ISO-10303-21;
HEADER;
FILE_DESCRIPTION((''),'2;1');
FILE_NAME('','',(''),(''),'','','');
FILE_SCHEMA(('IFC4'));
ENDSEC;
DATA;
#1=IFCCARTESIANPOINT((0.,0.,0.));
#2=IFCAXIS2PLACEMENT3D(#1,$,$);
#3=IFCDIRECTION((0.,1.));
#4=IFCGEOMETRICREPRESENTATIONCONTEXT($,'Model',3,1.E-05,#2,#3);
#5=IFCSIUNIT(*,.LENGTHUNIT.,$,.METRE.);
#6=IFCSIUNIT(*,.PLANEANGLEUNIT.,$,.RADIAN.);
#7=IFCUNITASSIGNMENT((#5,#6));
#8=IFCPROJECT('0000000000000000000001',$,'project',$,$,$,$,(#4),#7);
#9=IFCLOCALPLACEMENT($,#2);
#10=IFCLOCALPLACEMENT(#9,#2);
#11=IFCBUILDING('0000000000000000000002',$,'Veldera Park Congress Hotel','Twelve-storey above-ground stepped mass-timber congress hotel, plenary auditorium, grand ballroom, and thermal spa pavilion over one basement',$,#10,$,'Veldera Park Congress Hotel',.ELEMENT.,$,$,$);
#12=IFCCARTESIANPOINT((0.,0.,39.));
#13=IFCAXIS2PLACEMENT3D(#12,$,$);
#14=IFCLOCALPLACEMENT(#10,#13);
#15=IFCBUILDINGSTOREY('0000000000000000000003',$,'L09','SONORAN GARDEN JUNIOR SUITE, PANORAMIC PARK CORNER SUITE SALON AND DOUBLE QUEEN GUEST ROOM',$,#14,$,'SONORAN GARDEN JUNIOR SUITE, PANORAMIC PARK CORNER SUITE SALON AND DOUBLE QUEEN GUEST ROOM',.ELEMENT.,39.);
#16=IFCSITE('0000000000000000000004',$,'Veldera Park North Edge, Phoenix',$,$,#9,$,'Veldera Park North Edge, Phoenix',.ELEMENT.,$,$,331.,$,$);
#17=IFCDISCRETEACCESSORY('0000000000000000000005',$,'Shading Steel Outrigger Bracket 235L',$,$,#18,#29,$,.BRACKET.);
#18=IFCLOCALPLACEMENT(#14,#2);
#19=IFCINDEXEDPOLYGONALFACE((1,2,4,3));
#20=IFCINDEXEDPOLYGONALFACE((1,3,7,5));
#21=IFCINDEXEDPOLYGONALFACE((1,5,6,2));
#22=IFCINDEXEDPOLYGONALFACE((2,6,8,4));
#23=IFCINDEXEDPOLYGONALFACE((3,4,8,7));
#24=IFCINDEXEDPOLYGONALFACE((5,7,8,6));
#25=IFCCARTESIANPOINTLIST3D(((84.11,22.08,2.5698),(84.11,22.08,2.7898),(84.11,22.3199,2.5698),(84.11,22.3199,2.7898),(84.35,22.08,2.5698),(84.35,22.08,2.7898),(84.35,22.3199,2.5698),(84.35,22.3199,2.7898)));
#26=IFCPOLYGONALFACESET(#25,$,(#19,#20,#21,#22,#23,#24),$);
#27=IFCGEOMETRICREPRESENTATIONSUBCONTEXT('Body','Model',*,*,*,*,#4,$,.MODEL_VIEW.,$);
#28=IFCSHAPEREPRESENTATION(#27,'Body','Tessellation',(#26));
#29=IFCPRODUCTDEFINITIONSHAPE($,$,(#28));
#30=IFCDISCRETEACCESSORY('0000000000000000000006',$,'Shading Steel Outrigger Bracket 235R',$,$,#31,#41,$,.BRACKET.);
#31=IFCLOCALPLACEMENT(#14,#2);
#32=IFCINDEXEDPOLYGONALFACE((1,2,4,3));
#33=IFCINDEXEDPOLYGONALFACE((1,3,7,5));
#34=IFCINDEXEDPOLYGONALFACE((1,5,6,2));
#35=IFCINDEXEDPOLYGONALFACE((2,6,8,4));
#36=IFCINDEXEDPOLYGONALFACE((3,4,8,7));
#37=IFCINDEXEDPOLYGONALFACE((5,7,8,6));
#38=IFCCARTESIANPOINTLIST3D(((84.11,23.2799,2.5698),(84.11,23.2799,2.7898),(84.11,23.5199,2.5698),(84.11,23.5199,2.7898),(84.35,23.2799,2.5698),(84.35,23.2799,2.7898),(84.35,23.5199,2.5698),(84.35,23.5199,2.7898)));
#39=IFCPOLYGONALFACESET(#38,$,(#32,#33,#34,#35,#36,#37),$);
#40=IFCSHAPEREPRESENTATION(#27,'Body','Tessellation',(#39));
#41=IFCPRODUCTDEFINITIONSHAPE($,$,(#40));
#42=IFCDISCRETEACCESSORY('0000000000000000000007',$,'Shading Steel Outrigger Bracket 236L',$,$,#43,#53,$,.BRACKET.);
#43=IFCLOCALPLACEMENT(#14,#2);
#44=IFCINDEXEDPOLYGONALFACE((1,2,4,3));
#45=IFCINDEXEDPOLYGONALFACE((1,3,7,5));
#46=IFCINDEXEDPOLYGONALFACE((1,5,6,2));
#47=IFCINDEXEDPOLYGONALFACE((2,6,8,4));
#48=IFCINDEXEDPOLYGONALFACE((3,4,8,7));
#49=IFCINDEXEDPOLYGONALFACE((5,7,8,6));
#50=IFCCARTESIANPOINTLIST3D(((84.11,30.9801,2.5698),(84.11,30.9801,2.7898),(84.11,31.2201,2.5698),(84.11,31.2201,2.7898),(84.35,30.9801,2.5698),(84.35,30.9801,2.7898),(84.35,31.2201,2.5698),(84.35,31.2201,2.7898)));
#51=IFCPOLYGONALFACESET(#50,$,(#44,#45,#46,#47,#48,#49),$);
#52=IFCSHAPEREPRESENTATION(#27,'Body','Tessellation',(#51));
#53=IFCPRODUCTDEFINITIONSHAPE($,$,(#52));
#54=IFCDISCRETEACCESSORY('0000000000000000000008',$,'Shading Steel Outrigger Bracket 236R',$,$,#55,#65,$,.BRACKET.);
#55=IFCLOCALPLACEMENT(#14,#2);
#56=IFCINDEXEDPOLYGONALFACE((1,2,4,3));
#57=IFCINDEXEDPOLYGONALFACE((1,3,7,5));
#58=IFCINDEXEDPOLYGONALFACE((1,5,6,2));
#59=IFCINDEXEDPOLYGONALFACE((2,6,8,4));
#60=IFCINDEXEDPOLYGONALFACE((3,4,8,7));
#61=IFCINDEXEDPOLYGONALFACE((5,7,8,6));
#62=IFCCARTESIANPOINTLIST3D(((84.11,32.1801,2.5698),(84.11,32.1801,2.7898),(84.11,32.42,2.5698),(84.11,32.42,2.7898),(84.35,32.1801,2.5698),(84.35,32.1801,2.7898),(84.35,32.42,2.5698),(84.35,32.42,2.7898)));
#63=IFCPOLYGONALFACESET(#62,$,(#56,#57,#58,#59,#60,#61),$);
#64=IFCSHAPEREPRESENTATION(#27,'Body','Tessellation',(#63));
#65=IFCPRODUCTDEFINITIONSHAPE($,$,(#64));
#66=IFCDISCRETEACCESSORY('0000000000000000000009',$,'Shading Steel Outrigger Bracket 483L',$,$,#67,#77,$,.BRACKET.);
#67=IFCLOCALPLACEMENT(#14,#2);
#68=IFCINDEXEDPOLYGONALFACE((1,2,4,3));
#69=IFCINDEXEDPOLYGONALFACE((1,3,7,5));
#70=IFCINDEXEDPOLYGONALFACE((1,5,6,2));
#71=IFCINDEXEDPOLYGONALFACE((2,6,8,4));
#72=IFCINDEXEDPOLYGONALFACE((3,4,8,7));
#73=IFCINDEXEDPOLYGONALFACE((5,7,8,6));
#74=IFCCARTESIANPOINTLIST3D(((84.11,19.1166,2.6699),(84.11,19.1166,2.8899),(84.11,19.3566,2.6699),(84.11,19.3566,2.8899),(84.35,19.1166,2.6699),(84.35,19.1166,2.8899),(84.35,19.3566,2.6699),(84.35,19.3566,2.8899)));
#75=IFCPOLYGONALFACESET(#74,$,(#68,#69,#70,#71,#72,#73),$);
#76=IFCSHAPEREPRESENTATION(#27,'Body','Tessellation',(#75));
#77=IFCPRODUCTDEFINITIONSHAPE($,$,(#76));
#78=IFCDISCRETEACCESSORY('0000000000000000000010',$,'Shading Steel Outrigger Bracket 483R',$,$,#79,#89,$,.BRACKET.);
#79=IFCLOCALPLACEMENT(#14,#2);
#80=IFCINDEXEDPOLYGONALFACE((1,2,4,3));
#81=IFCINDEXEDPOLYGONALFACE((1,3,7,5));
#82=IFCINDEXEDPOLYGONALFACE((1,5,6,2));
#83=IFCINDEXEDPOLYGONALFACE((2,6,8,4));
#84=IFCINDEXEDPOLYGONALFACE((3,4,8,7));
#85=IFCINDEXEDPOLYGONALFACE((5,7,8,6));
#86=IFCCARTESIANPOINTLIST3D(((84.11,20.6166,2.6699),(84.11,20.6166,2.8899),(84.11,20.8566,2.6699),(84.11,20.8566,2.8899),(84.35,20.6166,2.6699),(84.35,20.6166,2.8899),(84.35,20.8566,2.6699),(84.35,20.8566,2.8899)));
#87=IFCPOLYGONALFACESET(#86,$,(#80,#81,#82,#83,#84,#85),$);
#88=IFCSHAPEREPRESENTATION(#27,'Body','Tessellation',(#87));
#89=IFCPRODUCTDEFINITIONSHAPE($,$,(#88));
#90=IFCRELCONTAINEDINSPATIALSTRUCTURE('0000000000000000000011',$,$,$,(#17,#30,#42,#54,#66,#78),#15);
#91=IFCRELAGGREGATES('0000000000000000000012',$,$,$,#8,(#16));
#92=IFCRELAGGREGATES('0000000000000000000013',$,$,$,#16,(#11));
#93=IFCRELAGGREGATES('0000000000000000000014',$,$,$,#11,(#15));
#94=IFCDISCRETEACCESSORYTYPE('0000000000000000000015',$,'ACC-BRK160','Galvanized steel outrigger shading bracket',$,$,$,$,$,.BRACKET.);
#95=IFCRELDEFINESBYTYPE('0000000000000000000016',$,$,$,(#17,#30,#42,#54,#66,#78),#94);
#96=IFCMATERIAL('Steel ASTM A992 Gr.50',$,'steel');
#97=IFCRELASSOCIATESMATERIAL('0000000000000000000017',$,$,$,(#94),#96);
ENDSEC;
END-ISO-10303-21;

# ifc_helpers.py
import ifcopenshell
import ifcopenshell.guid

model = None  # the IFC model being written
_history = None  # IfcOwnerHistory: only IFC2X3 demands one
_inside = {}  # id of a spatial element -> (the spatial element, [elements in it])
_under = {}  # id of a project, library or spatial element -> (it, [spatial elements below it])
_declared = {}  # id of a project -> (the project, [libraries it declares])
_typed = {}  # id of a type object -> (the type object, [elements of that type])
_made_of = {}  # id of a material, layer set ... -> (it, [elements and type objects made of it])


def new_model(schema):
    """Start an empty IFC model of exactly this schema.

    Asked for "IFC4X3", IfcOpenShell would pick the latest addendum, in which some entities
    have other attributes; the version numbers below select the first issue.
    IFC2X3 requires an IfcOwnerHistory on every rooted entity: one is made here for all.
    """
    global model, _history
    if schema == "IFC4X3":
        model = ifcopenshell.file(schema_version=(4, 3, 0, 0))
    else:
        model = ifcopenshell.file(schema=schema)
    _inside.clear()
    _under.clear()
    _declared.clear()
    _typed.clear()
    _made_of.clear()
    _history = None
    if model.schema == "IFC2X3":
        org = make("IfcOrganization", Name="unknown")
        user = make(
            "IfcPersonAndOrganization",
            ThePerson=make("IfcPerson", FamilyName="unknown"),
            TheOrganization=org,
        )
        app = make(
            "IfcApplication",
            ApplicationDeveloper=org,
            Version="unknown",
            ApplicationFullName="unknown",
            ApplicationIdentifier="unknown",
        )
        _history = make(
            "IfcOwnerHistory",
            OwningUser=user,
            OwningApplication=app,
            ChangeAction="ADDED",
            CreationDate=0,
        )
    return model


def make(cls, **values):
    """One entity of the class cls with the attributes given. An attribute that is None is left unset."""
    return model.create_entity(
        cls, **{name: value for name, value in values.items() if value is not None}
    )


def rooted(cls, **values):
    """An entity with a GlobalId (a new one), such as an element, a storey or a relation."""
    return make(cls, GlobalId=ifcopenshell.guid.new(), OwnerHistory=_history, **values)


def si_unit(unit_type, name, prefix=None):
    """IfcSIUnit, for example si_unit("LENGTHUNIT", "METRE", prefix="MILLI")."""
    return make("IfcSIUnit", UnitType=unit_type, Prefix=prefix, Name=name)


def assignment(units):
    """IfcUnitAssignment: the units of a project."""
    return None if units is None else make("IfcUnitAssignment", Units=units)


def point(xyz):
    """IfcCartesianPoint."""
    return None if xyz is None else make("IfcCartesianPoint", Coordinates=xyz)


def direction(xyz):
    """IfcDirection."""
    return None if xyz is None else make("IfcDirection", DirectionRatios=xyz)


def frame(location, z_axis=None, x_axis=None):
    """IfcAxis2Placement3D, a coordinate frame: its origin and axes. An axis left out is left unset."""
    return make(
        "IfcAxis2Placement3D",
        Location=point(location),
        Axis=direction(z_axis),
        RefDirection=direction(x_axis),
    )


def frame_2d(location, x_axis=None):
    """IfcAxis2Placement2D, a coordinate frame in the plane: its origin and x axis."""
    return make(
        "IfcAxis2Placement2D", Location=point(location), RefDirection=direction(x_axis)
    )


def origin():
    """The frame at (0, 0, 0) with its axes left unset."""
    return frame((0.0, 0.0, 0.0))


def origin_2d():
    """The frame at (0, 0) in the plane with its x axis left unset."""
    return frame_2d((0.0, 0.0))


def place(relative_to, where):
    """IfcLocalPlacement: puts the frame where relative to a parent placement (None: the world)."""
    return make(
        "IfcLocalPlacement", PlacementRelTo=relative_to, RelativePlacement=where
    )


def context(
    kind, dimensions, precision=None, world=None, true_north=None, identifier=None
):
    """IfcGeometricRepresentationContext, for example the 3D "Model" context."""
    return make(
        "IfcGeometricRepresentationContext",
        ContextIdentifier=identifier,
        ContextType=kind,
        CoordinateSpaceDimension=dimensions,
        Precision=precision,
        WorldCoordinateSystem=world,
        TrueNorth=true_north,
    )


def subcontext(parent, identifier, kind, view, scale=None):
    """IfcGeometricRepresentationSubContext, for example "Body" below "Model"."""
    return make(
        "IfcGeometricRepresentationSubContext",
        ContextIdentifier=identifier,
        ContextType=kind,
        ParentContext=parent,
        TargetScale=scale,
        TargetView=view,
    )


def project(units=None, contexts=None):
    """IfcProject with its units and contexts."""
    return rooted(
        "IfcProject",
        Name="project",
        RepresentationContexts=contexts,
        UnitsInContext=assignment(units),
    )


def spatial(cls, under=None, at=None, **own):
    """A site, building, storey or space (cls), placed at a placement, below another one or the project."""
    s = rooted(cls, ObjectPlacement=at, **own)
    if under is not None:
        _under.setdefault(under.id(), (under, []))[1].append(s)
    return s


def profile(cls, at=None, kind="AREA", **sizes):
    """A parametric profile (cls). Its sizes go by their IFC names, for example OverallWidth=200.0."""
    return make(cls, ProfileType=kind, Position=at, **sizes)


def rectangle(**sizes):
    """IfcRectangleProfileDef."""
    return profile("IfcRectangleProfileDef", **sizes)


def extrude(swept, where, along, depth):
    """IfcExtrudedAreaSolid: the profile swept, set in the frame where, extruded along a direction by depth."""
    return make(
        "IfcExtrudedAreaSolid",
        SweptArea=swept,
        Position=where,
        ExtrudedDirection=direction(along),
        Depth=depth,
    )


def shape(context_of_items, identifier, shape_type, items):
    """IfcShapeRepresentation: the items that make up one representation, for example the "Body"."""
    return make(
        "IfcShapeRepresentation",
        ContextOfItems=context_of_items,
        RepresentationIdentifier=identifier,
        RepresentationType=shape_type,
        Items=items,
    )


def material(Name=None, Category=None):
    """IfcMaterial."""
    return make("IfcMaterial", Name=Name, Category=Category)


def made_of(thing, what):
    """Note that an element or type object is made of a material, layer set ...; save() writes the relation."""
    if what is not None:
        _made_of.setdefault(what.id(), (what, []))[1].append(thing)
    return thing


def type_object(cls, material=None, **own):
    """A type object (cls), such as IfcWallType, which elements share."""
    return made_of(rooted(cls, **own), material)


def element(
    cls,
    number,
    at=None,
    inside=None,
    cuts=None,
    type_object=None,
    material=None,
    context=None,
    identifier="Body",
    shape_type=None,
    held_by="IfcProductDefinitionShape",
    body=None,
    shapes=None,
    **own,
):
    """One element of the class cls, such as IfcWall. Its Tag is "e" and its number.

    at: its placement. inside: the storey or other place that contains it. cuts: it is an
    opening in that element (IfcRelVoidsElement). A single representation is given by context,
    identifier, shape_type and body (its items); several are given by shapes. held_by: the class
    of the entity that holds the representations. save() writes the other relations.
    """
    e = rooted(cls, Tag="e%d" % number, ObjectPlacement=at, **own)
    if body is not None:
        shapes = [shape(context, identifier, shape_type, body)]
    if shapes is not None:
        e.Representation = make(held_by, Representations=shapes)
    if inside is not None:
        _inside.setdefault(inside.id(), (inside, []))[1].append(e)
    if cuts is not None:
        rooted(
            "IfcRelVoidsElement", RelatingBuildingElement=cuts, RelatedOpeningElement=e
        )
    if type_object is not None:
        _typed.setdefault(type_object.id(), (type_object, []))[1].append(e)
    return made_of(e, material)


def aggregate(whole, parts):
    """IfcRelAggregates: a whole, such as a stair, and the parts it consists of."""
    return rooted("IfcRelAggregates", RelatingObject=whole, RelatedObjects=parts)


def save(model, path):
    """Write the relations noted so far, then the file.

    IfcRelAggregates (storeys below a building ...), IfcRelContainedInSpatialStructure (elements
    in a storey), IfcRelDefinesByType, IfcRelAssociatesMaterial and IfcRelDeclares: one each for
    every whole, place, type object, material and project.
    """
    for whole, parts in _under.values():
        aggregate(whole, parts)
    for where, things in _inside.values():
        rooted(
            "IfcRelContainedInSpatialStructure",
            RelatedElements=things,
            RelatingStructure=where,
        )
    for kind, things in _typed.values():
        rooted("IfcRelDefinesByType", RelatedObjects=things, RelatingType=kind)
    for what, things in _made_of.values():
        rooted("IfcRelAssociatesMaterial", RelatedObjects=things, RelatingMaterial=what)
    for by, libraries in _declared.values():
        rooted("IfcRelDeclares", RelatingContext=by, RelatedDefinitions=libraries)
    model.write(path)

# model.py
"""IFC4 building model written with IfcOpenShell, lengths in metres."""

from ifc_helpers import new_model, si_unit, direction, frame, origin, origin_2d, place, context, subcontext, project, spatial, rectangle, extrude, material, type_object, element, save


model = new_model("IFC4")

# Units and contexts
model_context = context("Model", 3, precision=1e-05, world=origin(), true_north=direction((0.0, 1.0)))
body_context = subcontext(model_context, "Body", "Model", "MODEL_VIEW")
ifc_project = project(units=[si_unit("LENGTHUNIT", "METRE"), si_unit("PLANEANGLEUNIT", "RADIAN")], contexts=[model_context])

# Site, building, storey
site_placement = place(None, origin())
site = spatial("IfcSite", under=ifc_project, at=site_placement, Name="Veldera Park North Edge, Phoenix", LongName="Veldera Park North Edge, Phoenix", CompositionType="ELEMENT", RefElevation=331.0)
building_placement = place(site_placement, origin())
building = spatial("IfcBuilding", under=site, at=building_placement, Name="Veldera Park Congress Hotel", Description="Twelve-storey above-ground stepped mass-timber congress hotel, plenary auditorium, grand ballroom, and thermal spa pavilion over one basement", LongName="Veldera Park Congress Hotel", CompositionType="ELEMENT")
storey_placement = place(building_placement, frame((0.0, 0.0, 39.0)))
storey = spatial("IfcBuildingStorey", under=building, at=storey_placement, Name="L09", Description="SONORAN GARDEN JUNIOR SUITE, PANORAMIC PARK CORNER SUITE SALON AND DOUBLE QUEEN GUEST ROOM", LongName="SONORAN GARDEN JUNIOR SUITE, PANORAMIC PARK CORNER SUITE SALON AND DOUBLE QUEEN GUEST ROOM", CompositionType="ELEMENT", Elevation=39.0)

# Discrete accessories
ifc_material_1 = material(Name="Steel ASTM A992 Gr.50", Category="steel")
discrete_accessory_type = type_object("IfcDiscreteAccessoryType", Name="ACC-BRK160", Description="Galvanized steel outrigger shading bracket", PredefinedType="BRACKET", material=ifc_material_1)
for number, where, z_axis, x_axis, name in (
    (1, (84.23, 22.2, 2.5698), (0.0, 0.0, 1.0), (0.0, 1.0, 0.0), "Shading Steel Outrigger Bracket 235L"),
    (2, (84.23, 23.3999, 2.5698), (0.0, 0.0, 1.0), (0.0, 1.0, 0.0), "Shading Steel Outrigger Bracket 235R"),
    (3, (84.23, 31.1001, 2.5698), (0.0, 0.0, 1.0), (0.0, 1.0, 0.0), "Shading Steel Outrigger Bracket 236L"),
    (4, (84.23, 32.3, 2.5698), (0.0, 0.0, 1.0), (0.0, 1.0, 0.0), "Shading Steel Outrigger Bracket 236R"),
    (5, (84.23, 19.2366, 2.6699), (0.0, 0.0, 1.0), (0.0, 1.0, 0.0), "Shading Steel Outrigger Bracket 483L"),
    (6, (84.23, 20.7366, 2.6699), (0.0, 0.0, 1.0), (0.0, 1.0, 0.0), "Shading Steel Outrigger Bracket 483R"),
):
    element("IfcDiscreteAccessory", number, at=place(storey_placement, frame(where, z_axis=z_axis, x_axis=x_axis)), inside=storey, type_object=discrete_accessory_type, Name=name, PredefinedType="BRACKET", context=body_context, shape_type="SweptSolid", body=[
        extrude(rectangle(XDim=0.24, YDim=0.24, at=origin_2d()), origin(), (0.0, 0.0, 1.0), 0.22),
    ])

save(model, "model.ifc")
